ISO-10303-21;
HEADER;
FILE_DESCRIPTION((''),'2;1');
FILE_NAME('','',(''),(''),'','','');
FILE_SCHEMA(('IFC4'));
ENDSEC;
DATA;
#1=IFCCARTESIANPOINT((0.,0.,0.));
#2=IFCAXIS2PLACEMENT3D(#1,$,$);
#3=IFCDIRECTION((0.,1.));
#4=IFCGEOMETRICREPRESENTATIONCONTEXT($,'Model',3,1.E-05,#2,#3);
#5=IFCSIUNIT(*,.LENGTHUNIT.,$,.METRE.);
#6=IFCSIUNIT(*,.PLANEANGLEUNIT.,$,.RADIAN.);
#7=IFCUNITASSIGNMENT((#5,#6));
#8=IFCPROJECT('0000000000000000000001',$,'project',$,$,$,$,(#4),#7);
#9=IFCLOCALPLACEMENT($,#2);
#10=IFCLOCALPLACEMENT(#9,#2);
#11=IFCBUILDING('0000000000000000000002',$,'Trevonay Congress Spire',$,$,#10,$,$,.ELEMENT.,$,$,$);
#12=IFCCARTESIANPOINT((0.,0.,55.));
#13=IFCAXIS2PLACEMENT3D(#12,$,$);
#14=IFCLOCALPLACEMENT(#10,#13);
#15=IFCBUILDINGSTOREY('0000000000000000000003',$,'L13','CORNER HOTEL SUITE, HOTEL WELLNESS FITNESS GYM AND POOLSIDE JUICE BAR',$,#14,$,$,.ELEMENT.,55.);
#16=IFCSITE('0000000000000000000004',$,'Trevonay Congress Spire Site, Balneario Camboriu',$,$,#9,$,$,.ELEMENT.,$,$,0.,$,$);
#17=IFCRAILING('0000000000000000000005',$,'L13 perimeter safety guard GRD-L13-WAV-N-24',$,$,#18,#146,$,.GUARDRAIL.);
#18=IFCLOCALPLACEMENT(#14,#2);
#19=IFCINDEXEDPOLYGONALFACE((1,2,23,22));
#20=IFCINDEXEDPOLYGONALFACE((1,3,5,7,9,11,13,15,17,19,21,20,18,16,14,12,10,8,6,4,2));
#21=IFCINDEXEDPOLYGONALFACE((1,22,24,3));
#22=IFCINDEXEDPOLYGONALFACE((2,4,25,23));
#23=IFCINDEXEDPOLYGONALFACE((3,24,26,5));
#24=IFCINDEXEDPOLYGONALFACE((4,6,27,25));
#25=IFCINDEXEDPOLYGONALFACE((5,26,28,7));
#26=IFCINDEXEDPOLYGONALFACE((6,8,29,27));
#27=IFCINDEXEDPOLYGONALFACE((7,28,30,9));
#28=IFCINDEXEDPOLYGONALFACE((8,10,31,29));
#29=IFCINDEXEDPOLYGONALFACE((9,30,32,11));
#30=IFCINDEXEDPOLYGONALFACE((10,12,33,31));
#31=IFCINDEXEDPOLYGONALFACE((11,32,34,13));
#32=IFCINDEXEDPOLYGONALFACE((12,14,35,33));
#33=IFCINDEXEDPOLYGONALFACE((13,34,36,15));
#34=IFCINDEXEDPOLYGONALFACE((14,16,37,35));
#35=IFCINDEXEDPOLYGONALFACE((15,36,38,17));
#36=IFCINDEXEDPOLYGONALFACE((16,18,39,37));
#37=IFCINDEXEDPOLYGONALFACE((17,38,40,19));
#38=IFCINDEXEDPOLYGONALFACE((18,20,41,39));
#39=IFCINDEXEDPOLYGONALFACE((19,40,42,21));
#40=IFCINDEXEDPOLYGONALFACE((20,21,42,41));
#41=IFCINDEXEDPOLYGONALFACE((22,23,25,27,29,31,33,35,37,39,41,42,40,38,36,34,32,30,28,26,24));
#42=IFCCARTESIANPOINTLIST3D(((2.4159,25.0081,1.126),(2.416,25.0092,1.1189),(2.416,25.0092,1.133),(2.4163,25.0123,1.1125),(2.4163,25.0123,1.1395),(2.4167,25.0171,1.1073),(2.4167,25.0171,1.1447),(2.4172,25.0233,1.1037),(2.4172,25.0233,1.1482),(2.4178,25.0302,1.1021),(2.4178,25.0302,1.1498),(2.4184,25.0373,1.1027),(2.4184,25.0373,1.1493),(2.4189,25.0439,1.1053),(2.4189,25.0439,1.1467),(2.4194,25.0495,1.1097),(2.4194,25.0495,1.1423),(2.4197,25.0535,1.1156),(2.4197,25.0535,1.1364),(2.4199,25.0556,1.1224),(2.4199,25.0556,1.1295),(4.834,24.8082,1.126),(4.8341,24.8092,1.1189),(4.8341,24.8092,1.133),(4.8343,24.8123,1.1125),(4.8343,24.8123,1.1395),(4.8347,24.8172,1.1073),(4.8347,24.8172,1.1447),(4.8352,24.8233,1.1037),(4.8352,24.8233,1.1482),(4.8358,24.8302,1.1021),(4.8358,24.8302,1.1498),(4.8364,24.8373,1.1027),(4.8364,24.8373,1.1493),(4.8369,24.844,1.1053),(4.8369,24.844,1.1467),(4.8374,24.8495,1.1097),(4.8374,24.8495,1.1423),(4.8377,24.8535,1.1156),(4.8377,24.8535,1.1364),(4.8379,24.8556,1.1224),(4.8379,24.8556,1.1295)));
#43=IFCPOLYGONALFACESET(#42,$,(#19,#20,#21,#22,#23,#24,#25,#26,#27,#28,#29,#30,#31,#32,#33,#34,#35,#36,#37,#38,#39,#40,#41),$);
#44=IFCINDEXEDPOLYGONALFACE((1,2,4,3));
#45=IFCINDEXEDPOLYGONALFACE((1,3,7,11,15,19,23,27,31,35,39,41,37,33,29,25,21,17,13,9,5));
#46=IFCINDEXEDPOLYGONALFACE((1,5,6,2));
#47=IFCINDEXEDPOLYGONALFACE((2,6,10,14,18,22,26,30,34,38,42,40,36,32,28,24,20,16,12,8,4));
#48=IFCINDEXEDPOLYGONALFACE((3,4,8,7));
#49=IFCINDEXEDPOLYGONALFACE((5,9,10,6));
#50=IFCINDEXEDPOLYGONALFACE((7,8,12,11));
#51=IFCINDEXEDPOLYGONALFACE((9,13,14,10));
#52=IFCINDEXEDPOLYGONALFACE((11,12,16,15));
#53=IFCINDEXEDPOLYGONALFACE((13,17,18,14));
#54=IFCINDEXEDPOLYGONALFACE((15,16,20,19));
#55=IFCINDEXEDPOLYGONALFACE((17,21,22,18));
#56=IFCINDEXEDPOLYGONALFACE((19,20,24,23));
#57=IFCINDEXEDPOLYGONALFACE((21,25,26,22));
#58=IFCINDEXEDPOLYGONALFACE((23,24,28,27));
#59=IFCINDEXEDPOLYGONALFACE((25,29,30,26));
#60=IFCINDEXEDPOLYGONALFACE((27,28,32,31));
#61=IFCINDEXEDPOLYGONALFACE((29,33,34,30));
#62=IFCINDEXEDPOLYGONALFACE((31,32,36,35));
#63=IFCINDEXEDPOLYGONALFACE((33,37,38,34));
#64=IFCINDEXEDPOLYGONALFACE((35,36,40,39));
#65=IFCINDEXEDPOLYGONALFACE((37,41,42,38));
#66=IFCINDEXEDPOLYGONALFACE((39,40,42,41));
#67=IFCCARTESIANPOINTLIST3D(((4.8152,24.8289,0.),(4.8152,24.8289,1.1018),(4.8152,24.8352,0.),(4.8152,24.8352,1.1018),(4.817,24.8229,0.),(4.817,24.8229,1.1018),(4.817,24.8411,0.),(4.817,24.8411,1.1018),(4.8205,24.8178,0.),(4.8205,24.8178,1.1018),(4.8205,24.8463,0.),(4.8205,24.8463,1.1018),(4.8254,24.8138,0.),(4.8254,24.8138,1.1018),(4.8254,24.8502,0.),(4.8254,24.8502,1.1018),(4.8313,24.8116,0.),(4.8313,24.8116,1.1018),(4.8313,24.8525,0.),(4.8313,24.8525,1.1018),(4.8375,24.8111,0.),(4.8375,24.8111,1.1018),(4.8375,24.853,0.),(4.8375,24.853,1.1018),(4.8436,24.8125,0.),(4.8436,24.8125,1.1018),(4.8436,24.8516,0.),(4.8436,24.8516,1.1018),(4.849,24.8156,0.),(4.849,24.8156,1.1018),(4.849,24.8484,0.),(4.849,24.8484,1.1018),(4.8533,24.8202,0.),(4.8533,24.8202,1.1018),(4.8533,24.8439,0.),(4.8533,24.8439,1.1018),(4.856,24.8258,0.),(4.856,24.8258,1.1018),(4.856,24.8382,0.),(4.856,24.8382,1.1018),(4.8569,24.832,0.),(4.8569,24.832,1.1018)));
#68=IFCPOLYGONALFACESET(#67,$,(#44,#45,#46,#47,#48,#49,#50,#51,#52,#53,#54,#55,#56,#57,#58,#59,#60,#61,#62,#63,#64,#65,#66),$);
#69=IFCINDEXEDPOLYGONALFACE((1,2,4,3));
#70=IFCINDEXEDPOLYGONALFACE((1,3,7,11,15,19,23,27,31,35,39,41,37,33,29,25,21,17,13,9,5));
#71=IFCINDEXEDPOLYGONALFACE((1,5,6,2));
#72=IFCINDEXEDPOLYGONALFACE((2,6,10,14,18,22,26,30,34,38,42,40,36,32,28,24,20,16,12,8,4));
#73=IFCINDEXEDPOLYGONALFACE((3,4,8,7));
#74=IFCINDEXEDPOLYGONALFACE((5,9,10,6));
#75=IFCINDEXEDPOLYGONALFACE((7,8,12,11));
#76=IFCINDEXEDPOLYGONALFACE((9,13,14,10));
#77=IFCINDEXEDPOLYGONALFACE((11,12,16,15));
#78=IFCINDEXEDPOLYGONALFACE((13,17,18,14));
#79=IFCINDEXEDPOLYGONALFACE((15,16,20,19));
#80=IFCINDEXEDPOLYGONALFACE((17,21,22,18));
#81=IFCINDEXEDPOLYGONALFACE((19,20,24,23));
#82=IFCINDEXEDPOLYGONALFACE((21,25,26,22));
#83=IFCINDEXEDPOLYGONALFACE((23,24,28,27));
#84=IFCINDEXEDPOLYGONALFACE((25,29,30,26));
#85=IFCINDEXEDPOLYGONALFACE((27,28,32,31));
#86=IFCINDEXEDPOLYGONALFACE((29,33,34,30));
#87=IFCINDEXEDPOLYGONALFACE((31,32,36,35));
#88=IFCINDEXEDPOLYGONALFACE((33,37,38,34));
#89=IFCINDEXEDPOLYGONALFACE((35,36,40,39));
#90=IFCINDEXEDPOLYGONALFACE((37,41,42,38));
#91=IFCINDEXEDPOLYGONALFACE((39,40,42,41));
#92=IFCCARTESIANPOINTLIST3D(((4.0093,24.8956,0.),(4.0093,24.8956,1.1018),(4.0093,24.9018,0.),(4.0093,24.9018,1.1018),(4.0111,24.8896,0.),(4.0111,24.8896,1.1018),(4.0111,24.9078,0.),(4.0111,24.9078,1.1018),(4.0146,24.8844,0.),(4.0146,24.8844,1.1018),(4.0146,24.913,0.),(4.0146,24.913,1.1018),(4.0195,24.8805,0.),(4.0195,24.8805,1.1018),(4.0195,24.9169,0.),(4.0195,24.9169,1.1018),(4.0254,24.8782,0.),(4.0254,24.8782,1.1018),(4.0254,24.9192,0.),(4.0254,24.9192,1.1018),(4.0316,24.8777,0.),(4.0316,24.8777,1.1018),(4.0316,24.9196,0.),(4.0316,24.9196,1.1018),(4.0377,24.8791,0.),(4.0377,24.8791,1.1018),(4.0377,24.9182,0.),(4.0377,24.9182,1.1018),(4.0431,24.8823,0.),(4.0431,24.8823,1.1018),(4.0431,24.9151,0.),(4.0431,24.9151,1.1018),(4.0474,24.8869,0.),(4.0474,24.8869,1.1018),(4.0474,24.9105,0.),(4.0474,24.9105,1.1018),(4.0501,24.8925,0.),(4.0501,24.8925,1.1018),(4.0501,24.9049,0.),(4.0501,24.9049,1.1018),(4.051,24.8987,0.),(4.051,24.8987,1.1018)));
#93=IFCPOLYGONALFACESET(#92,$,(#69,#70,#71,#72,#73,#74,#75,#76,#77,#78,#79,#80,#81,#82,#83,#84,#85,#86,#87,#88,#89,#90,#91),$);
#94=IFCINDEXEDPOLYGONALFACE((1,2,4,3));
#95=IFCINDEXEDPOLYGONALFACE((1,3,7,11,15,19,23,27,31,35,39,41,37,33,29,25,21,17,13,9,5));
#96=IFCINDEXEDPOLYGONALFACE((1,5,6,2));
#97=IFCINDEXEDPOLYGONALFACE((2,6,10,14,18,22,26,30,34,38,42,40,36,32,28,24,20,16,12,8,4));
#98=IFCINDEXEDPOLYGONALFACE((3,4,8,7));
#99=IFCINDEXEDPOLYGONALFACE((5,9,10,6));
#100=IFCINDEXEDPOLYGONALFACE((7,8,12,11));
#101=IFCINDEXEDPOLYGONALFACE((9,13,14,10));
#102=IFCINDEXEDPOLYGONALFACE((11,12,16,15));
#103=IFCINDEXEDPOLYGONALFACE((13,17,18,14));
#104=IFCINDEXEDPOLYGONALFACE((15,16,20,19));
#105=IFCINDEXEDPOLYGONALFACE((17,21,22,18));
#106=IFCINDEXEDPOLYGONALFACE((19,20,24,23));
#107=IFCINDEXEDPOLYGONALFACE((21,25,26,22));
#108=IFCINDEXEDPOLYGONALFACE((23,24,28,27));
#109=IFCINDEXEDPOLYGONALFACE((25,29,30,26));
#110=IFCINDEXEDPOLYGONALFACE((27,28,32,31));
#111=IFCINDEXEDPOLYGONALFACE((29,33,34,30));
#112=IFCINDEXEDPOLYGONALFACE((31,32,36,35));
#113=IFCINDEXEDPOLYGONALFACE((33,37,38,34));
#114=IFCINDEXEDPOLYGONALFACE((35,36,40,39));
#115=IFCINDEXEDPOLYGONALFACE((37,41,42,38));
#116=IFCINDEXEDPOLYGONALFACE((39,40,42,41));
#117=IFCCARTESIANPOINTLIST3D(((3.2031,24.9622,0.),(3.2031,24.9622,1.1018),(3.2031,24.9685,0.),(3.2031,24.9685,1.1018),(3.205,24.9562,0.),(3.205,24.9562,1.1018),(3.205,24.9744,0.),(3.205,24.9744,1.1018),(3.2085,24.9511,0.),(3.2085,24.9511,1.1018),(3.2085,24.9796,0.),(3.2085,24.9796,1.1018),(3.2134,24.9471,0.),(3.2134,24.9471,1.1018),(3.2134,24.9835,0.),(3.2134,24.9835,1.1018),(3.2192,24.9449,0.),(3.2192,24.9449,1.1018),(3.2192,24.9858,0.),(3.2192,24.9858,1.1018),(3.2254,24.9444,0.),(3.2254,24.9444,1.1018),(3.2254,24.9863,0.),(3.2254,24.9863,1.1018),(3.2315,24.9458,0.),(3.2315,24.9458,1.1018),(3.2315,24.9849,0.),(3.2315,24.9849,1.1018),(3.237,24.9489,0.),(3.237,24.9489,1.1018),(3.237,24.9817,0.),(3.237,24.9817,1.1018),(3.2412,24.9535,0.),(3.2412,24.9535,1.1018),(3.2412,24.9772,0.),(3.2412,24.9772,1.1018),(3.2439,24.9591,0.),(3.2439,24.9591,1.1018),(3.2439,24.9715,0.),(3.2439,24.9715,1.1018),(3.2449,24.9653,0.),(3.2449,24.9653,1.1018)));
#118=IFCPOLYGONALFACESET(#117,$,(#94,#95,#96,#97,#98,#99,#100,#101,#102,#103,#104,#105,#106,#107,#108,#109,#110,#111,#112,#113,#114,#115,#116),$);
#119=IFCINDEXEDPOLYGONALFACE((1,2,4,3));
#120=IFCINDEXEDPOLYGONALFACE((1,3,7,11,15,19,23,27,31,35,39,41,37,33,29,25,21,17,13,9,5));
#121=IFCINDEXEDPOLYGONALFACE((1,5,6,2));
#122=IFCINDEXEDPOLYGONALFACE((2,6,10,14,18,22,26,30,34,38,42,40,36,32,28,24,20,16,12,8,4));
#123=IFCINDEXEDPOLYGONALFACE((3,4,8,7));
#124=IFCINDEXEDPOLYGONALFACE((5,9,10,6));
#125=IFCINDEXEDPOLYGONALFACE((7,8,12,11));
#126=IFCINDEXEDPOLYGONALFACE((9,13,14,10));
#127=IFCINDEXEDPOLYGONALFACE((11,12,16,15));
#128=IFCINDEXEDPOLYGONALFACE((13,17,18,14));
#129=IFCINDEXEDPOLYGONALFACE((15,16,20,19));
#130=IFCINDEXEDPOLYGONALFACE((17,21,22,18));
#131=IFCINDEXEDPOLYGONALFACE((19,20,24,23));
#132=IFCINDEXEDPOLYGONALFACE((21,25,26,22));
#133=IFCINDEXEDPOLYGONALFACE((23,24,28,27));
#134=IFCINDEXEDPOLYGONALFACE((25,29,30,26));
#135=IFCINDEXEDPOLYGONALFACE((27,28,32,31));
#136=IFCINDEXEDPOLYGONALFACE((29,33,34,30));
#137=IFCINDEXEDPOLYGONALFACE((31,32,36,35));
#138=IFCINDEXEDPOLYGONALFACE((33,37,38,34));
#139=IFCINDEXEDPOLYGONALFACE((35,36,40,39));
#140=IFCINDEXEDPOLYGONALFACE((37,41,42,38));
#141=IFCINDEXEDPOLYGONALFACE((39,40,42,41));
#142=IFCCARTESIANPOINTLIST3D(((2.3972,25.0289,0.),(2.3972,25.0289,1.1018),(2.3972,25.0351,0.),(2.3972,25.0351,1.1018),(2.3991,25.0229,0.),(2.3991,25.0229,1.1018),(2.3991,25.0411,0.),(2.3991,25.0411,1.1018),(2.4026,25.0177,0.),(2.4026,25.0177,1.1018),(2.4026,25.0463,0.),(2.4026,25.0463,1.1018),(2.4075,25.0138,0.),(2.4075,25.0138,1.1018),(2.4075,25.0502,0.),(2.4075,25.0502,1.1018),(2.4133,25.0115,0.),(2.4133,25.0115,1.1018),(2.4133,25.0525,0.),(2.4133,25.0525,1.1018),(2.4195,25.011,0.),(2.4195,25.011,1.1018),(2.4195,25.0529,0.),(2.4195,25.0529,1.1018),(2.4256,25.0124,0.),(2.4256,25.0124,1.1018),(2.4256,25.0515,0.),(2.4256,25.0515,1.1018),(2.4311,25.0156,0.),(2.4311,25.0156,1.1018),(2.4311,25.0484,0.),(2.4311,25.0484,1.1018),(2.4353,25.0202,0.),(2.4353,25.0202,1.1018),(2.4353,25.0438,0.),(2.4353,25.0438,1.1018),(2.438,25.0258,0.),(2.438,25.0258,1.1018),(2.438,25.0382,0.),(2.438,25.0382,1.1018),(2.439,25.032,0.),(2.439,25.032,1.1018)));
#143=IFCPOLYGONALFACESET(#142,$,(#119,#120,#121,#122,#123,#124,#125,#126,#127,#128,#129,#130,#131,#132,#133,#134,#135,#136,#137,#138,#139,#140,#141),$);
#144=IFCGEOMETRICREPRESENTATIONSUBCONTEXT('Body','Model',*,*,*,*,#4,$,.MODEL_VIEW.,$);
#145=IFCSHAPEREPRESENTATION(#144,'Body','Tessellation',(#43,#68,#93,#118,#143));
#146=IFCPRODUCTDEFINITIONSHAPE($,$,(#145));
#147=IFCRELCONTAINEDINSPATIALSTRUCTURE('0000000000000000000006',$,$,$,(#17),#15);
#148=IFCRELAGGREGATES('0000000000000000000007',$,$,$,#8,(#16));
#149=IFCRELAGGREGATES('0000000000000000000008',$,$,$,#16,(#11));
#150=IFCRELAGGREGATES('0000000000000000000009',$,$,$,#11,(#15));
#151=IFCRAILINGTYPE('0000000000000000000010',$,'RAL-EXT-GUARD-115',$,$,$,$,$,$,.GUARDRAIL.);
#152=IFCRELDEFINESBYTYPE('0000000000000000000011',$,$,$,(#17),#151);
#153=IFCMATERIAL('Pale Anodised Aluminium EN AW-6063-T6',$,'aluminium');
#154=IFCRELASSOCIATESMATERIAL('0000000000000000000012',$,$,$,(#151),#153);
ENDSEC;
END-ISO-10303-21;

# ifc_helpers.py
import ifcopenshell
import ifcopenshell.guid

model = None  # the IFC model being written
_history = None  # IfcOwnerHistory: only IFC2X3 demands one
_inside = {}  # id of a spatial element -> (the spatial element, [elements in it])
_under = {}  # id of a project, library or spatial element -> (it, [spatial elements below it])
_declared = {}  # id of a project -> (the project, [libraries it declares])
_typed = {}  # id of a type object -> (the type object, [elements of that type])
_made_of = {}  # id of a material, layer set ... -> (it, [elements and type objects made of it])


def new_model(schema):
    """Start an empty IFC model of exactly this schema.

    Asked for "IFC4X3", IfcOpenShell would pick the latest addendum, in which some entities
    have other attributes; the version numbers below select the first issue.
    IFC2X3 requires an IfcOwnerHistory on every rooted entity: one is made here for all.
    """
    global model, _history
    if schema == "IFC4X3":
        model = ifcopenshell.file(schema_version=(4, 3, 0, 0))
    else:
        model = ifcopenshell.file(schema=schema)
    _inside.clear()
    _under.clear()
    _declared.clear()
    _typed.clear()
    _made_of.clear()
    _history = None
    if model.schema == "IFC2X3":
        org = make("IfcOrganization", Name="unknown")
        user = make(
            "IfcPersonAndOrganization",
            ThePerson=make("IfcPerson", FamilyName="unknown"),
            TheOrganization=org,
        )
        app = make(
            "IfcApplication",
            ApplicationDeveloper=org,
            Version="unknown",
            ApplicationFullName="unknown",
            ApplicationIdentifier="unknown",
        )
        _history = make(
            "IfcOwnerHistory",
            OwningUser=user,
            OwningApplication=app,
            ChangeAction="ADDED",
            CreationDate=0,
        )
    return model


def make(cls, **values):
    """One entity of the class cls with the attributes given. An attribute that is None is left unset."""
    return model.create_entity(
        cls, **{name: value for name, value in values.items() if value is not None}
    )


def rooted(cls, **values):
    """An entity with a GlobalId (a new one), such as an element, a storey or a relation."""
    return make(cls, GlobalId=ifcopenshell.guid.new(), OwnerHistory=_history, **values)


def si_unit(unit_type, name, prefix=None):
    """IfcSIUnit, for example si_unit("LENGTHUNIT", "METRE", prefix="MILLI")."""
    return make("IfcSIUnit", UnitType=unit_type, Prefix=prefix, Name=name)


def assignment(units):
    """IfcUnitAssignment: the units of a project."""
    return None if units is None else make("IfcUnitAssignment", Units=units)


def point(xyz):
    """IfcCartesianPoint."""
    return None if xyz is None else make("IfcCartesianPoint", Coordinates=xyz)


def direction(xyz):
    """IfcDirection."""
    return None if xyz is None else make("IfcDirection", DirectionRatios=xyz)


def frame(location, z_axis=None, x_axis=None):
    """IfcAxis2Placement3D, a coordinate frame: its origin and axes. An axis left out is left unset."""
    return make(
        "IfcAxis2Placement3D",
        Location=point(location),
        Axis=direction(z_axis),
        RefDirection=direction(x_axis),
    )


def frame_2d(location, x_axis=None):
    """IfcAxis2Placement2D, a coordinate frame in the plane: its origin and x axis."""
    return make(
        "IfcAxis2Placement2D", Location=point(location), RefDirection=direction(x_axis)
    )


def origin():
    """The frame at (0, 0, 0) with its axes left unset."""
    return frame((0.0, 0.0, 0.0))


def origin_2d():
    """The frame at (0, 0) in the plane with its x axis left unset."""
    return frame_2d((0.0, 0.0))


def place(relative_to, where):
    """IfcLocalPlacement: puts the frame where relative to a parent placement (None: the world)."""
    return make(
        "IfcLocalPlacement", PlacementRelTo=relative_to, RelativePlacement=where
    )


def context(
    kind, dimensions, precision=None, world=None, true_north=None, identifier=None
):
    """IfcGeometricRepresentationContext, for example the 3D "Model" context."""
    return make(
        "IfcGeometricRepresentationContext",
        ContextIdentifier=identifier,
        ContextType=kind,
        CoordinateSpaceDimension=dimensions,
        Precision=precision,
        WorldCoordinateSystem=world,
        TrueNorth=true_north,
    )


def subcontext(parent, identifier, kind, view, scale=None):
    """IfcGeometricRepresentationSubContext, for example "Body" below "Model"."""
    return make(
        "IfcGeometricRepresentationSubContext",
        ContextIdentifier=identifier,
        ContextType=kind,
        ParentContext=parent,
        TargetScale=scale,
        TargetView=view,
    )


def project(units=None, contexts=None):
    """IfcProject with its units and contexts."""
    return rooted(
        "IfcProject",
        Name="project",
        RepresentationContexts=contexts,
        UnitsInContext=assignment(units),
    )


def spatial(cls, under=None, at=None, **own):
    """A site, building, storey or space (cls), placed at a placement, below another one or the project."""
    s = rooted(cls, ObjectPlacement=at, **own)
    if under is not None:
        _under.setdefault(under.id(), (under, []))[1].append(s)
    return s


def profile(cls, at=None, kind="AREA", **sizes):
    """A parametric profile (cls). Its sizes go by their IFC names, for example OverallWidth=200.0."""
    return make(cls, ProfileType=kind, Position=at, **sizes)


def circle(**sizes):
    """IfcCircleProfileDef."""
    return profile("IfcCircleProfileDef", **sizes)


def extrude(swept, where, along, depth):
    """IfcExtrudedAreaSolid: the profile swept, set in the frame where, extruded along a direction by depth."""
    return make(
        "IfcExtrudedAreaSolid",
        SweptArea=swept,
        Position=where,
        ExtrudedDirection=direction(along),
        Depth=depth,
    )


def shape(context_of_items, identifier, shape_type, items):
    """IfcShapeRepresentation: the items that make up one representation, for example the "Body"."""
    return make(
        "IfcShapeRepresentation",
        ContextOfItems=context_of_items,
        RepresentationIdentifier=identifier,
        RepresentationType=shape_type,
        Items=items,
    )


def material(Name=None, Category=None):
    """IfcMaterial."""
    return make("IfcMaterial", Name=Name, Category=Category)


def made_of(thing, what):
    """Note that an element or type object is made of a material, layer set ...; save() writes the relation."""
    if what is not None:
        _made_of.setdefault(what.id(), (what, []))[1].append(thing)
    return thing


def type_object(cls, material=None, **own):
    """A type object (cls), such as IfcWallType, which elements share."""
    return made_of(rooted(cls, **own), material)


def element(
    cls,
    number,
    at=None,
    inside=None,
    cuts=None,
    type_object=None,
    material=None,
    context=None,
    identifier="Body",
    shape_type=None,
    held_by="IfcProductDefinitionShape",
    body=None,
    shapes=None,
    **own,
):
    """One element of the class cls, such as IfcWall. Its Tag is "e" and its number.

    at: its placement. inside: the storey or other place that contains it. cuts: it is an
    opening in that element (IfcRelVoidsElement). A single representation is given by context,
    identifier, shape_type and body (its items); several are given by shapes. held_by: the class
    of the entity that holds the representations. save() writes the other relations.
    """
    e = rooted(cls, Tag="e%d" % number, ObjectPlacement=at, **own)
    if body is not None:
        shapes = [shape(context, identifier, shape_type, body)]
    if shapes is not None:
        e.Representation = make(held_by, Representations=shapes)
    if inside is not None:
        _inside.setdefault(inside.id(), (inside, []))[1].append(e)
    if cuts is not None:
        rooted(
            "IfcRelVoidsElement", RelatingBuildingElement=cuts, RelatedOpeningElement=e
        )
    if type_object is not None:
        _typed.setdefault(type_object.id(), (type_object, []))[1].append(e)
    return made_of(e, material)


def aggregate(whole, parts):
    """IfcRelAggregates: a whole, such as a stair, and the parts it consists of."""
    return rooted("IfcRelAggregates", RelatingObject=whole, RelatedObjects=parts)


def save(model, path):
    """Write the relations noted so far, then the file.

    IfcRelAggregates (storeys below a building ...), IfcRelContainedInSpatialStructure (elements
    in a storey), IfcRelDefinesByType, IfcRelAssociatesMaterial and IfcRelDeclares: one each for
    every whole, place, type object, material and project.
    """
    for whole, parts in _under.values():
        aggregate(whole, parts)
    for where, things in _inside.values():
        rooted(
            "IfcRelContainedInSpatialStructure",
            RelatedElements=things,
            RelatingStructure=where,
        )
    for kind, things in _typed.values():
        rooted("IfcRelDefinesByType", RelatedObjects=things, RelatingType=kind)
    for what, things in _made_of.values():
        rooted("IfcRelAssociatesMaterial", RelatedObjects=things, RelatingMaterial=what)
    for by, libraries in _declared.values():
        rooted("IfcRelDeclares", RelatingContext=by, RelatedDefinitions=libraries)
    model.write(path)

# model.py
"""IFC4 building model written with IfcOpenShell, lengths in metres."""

from ifc_helpers import new_model, si_unit, direction, frame, origin, origin_2d, place, context, subcontext, project, spatial, circle, extrude, material, type_object, element, save


model = new_model("IFC4")

# Units and contexts
model_context = context("Model", 3, precision=1e-05, world=origin(), true_north=direction((0.0, 1.0)))
body_context = subcontext(model_context, "Body", "Model", "MODEL_VIEW")
ifc_project = project(units=[si_unit("LENGTHUNIT", "METRE"), si_unit("PLANEANGLEUNIT", "RADIAN")], contexts=[model_context])

# Site, building, storey
site_placement = place(None, origin())
site = spatial("IfcSite", under=ifc_project, at=site_placement, Name="Trevonay Congress Spire Site, Balneario Camboriu", CompositionType="ELEMENT", RefElevation=0.0)
building_placement = place(site_placement, origin())
building = spatial("IfcBuilding", under=site, at=building_placement, Name="Trevonay Congress Spire", CompositionType="ELEMENT")
storey_placement = place(building_placement, frame((0.0, 0.0, 55.0)))
storey = spatial("IfcBuildingStorey", under=building, at=storey_placement, Name="L13", Description="CORNER HOTEL SUITE, HOTEL WELLNESS FITNESS GYM AND POOLSIDE JUICE BAR", CompositionType="ELEMENT", Elevation=55.0)

# Shared definitions
ifc_material_1 = material(Name="Pale Anodised Aluminium EN AW-6063-T6", Category="aluminium")

# Railing
railing_type = type_object("IfcRailingType", Name="RAL-EXT-GUARD-115", PredefinedType="GUARDRAIL", material=ifc_material_1)
railing_1_placement = place(storey_placement, frame((4.8359, 24.832, 0.0)))
element("IfcRailing", 1, at=railing_1_placement, inside=storey, type_object=railing_type, Name="L13 perimeter safety guard GRD-L13-WAV-N-24", PredefinedType="GUARDRAIL", context=body_context, shape_type="SweptSolid", body=[
    extrude(circle(Radius=0.0239, at=origin_2d()), frame((0.0, 0.0, 1.126), z_axis=(-0.996598, 0.082413, 0.0), x_axis=(-0.082413, -0.996598, 0.0)), (0.0, 0.0, 1.0), 2.4263),
    extrude(circle(Radius=0.021, at=origin_2d()), origin(), (0.0, 0.0, 1.0), 1.1018),
    extrude(circle(Radius=0.021, at=origin_2d()), frame((-0.8059, 0.0667, 0.0)), (0.0, 0.0, 1.0), 1.1018),
    extrude(circle(Radius=0.021, at=origin_2d()), frame((-1.6121, 0.1333, 0.0)), (0.0, 0.0, 1.0), 1.1018),
    extrude(circle(Radius=0.021, at=origin_2d()), frame((-2.418, 0.2, 0.0)), (0.0, 0.0, 1.0), 1.1018),
])

save(model, "model.ifc")
